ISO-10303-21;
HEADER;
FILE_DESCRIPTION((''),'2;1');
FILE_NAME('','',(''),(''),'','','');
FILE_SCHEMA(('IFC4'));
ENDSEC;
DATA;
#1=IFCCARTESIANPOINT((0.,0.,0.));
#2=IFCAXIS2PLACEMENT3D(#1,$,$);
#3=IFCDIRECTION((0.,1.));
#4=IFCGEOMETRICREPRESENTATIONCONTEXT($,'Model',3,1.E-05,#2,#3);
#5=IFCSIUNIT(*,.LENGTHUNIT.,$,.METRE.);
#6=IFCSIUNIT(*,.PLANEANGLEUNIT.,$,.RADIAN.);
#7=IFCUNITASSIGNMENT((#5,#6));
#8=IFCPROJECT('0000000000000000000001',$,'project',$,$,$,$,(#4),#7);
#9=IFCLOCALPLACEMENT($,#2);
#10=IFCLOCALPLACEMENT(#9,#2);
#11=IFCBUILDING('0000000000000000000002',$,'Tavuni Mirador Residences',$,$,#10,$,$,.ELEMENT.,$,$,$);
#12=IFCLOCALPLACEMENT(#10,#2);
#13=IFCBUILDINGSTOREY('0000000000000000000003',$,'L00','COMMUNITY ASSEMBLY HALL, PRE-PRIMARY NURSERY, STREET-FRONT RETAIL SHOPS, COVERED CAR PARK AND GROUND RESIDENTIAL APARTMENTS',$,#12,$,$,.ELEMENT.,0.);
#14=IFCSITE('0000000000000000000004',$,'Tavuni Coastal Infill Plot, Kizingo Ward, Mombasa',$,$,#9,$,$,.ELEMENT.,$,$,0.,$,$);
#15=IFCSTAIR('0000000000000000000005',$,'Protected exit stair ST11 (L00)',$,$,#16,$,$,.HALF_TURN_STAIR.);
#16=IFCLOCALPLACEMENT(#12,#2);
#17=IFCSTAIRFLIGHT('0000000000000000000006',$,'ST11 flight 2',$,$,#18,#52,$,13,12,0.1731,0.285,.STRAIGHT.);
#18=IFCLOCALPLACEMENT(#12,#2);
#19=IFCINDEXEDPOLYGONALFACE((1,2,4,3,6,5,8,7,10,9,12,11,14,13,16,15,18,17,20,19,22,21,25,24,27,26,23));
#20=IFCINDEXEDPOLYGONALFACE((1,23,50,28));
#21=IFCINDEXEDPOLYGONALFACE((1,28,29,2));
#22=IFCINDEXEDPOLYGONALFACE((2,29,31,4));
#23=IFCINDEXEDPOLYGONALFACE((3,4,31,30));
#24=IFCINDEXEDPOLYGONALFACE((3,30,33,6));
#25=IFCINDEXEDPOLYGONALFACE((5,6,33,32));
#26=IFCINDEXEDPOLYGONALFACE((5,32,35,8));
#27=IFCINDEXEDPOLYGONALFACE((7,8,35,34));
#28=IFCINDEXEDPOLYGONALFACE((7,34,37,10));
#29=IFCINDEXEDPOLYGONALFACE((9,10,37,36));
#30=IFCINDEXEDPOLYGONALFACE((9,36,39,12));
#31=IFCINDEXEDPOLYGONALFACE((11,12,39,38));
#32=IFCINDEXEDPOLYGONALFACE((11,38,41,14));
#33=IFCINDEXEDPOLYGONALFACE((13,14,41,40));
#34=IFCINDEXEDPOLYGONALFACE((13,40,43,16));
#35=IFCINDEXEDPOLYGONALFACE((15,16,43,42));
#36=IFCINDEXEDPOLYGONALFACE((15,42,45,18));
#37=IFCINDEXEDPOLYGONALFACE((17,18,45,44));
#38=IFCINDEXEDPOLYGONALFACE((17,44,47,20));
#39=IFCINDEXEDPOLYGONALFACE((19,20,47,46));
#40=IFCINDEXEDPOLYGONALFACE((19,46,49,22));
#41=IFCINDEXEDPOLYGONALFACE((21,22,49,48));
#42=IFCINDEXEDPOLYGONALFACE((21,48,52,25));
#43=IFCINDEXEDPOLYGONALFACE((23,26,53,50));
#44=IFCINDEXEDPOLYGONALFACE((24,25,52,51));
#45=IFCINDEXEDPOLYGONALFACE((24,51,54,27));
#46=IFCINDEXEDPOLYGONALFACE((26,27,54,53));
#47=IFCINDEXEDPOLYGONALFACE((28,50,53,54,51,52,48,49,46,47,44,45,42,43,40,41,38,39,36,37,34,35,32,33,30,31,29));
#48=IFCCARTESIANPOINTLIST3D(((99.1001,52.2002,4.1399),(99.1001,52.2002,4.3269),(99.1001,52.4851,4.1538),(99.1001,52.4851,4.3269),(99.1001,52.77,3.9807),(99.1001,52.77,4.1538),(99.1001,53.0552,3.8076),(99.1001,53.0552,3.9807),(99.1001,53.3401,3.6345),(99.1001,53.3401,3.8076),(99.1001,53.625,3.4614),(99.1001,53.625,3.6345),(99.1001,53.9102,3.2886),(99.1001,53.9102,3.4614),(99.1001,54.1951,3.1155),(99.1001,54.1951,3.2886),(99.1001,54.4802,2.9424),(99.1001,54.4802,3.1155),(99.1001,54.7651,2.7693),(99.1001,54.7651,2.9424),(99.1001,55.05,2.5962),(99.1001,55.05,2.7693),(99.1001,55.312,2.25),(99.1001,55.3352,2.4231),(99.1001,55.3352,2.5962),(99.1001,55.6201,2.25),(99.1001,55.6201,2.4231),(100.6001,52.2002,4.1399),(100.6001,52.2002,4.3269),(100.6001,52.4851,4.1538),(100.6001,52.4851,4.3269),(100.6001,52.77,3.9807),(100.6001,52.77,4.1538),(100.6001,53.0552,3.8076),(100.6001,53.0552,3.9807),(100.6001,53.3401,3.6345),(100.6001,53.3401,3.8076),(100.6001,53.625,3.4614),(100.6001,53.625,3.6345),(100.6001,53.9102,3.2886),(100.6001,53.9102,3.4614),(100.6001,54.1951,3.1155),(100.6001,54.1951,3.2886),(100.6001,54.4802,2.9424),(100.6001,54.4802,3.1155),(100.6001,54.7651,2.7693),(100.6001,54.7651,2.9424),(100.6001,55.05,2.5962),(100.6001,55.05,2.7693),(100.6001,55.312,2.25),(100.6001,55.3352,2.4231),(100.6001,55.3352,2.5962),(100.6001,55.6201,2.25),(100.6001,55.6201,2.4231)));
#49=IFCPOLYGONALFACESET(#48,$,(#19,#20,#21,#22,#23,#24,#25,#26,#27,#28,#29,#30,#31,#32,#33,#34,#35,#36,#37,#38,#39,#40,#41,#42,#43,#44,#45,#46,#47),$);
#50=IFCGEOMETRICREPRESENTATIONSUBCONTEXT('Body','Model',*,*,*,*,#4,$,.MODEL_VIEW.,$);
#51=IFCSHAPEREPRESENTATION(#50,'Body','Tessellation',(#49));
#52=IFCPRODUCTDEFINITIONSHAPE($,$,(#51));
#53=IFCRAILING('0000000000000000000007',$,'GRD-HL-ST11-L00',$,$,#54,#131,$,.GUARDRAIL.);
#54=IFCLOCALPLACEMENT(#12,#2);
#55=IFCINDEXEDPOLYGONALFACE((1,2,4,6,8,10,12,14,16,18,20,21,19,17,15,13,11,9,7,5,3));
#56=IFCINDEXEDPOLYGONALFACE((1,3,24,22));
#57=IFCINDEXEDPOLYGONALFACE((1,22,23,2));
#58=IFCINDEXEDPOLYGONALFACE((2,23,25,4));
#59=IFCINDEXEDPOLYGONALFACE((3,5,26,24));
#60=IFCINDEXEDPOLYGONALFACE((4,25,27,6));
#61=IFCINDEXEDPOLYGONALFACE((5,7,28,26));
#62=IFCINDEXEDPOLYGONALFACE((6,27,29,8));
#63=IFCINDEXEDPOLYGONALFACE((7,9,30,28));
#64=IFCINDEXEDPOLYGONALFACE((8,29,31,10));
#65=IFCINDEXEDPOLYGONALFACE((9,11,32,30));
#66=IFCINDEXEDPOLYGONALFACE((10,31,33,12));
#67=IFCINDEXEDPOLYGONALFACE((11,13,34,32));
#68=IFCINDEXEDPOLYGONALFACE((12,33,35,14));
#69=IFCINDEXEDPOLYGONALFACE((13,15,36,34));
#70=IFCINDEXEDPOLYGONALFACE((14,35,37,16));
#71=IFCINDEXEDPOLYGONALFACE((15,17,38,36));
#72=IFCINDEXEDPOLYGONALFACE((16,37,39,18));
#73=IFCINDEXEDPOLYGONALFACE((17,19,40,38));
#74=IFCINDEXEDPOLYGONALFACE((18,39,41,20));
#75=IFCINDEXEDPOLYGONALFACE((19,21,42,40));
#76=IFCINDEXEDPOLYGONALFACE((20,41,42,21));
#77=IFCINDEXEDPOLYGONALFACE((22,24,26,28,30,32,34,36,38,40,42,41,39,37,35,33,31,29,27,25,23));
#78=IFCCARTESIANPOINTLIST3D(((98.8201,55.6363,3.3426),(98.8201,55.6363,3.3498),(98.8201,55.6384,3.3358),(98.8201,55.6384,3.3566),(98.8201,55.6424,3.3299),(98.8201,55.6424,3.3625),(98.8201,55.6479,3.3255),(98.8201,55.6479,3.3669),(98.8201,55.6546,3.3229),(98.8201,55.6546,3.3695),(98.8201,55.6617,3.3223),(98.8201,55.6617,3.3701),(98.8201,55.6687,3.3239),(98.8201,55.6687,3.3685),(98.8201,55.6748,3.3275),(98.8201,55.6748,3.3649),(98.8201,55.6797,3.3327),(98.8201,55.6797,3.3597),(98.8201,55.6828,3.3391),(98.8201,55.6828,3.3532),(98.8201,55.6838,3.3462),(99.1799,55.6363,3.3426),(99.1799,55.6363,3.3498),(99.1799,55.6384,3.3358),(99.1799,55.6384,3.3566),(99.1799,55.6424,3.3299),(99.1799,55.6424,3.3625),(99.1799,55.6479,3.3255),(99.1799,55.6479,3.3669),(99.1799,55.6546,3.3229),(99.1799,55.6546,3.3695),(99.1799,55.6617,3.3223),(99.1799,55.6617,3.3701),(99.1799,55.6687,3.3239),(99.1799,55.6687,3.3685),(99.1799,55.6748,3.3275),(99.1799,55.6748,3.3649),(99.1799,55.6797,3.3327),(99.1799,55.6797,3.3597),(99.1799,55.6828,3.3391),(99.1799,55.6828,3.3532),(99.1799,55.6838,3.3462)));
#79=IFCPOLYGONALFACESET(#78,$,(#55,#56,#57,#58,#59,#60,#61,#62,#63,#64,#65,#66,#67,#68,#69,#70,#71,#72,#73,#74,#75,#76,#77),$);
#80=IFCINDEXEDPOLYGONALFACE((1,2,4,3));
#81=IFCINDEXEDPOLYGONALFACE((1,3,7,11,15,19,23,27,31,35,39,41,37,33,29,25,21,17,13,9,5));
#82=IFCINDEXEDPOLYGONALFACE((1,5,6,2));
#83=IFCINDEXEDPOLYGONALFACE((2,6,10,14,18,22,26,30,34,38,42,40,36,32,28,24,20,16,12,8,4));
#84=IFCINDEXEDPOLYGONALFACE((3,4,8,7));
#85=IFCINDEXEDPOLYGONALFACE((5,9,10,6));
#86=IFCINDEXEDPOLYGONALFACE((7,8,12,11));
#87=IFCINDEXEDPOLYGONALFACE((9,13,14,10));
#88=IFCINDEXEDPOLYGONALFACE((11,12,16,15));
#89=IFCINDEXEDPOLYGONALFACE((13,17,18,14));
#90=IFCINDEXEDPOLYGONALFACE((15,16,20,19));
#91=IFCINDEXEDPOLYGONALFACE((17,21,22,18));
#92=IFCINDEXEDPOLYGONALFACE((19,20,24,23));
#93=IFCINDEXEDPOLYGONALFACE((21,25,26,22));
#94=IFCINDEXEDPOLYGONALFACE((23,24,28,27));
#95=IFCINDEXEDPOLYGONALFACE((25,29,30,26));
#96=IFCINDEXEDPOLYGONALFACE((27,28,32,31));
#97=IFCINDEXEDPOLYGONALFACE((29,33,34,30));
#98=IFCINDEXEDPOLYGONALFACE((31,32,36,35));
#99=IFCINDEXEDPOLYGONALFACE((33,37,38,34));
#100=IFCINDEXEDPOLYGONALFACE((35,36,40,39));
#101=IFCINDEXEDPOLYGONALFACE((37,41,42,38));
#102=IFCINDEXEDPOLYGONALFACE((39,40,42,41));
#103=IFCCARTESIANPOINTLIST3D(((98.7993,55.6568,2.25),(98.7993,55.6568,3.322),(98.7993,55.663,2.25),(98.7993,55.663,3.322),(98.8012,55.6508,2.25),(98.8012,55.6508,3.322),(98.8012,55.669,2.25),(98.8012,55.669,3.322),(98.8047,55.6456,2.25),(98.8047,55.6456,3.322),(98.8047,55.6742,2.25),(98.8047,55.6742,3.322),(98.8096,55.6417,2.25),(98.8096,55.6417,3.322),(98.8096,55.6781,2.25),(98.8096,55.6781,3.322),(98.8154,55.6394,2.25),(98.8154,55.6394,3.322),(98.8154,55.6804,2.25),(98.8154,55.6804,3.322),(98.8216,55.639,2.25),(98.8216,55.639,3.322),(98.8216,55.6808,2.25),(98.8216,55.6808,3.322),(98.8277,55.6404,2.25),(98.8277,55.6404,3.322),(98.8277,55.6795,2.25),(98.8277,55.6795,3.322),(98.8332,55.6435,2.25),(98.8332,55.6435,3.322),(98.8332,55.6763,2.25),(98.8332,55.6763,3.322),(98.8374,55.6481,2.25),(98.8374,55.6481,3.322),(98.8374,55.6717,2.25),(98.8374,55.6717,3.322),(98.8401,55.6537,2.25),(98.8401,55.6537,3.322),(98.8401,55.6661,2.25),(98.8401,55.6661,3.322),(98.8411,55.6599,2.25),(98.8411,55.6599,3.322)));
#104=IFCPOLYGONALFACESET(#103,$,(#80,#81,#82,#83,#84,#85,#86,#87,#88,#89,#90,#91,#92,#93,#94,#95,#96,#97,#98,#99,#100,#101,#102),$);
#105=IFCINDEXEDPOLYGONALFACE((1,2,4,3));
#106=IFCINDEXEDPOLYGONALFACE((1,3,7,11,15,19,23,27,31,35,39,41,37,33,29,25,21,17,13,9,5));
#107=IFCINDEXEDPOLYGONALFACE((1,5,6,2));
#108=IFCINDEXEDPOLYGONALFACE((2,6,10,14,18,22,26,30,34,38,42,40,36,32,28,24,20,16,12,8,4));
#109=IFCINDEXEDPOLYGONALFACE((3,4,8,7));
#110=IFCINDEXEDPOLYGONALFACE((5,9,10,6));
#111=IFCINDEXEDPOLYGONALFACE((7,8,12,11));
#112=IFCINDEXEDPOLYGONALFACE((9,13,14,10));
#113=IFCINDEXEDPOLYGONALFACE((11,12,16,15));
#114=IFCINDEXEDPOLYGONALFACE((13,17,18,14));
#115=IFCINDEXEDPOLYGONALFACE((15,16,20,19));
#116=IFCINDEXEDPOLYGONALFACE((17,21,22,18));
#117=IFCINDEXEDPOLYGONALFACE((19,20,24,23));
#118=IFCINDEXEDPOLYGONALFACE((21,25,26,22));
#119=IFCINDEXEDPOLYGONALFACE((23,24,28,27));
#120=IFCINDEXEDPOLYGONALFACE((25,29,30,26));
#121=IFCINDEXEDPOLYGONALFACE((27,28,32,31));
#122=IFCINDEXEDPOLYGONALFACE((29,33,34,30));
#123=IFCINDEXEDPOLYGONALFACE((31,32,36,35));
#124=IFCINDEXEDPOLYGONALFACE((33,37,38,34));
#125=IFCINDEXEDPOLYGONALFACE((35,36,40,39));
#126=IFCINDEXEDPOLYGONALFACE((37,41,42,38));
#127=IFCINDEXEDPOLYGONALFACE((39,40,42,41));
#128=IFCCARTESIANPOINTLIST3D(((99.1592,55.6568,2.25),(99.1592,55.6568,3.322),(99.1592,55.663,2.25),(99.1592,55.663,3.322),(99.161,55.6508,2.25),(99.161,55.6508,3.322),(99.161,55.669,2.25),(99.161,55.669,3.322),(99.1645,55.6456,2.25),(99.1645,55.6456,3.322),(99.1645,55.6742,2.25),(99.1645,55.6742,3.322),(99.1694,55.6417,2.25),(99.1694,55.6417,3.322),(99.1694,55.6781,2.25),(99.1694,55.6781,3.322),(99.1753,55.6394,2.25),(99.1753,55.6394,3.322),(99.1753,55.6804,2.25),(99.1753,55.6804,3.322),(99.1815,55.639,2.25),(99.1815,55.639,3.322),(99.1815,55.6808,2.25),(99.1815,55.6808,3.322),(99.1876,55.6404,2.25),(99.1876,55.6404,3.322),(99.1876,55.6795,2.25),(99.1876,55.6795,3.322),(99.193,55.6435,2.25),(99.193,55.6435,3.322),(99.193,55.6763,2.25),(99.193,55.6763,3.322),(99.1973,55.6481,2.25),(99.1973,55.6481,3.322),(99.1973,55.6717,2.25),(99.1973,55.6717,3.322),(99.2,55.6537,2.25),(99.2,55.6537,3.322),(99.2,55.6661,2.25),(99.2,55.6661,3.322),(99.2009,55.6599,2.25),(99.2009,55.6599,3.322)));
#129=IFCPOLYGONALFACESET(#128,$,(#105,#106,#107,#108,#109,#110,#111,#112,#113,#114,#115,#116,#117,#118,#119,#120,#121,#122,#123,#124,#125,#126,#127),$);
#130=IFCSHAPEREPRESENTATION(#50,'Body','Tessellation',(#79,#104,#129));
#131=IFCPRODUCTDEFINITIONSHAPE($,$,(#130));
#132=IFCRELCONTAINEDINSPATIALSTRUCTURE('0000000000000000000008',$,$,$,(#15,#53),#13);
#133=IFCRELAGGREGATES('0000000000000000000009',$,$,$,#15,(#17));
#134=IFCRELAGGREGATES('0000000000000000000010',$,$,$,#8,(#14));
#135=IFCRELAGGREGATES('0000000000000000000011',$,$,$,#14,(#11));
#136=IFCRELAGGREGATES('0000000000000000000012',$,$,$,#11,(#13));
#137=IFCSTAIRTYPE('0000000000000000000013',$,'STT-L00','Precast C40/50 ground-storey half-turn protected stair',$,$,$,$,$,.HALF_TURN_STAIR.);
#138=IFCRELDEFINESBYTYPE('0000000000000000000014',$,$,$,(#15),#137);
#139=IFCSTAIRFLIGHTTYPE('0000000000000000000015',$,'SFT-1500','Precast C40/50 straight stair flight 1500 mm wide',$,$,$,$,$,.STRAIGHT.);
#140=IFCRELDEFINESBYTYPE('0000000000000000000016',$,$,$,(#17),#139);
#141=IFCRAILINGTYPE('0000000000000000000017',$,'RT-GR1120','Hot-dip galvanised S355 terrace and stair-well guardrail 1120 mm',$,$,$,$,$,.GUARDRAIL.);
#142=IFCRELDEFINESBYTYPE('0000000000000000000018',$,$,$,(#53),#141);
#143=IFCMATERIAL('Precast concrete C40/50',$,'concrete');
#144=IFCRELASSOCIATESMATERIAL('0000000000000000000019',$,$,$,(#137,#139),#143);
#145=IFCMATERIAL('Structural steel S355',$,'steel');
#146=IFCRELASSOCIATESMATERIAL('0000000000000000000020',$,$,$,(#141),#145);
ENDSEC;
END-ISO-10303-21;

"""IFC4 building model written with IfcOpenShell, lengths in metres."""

from ifc_helpers import new_model, si_unit, direction, frame, origin, origin_2d, place, context, subcontext, project, spatial, polyline, circle, outline, extrude, material, type_object, element, aggregate, save


model = new_model("IFC4")

# Units and contexts
model_context = context("Model", 3, precision=1e-05, world=origin(), true_north=direction((0.0, 1.0)))
body_context = subcontext(model_context, "Body", "Model", "MODEL_VIEW")
ifc_project = project(units=[si_unit("LENGTHUNIT", "METRE"), si_unit("PLANEANGLEUNIT", "RADIAN")], contexts=[model_context])

# Site, building, storey
site_placement = place(None, origin())
site = spatial("IfcSite", under=ifc_project, at=site_placement, Name="Tavuni Coastal Infill Plot, Kizingo Ward, Mombasa", CompositionType="ELEMENT", RefElevation=0.0)
building_placement = place(site_placement, origin())
building = spatial("IfcBuilding", under=site, at=building_placement, Name="Tavuni Mirador Residences", CompositionType="ELEMENT")
storey_placement = place(building_placement, origin())
storey = spatial("IfcBuildingStorey", under=building, at=storey_placement, Name="L00", Description="COMMUNITY ASSEMBLY HALL, PRE-PRIMARY NURSERY, STREET-FRONT RETAIL SHOPS, COVERED CAR PARK AND GROUND RESIDENTIAL APARTMENTS", CompositionType="ELEMENT", Elevation=0.0)

# Shared definitions
ifc_material_1 = material(Name="Precast concrete C40/50", Category="concrete")

# Shared definitions
ifc_material_2 = material(Name="Structural steel S355", Category="steel")

# Stair, stair flight
stair_type = type_object("IfcStairType", Name="STT-L00", Description="Precast C40/50 ground-storey half-turn protected stair", PredefinedType="HALF_TURN_STAIR", material=ifc_material_1)
stair_placement = place(storey_placement, origin())
stair = element("IfcStair", 1, at=stair_placement, inside=storey, type_object=stair_type, Name="Protected exit stair ST11 (L00)", PredefinedType="HALF_TURN_STAIR")
stair_flight_type = type_object("IfcStairFlightType", Name="SFT-1500", Description="Precast C40/50 straight stair flight 1500 mm wide", PredefinedType="STRAIGHT", material=ifc_material_1)
stair_flight_placement = place(storey_placement, frame((99.8501, 55.6201, 2.25), z_axis=(0.0, 0.0, 1.0), x_axis=(0.0, -1.0, 0.0)))
stair_flight = element("IfcStairFlight", 2, at=stair_flight_placement, type_object=stair_flight_type, Name="ST11 flight 2", NumberOfRisers=13, NumberOfTreads=12, PredefinedType="STRAIGHT", RiserHeight=0.1731, TreadLength=0.285, context=body_context, shape_type="SweptSolid", body=[
    extrude(outline(polyline([(0.0, 0.0), (0.0, 0.1731), (0.2849, 0.1731), (0.2849, 0.3462), (0.5701, 0.3462), (0.5701, 0.5193), (0.855, 0.5193), (0.855, 0.6924), (1.1399, 0.6924), (1.1399, 0.8655), (1.425, 0.8655), (1.425, 1.0386), (1.71, 1.0386), (1.71, 1.2114), (1.9951, 1.2114), (1.9951, 1.3845), (2.28, 1.3845), (2.28, 1.5576), (2.5649, 1.5576), (2.5649, 1.7307), (2.8501, 1.7307), (2.8501, 1.9038), (3.135, 1.9038), (3.135, 2.0769), (3.4199, 2.0769), (3.4199, 2.25), (3.4199, 1.8899), (0.3081, 0.0), (0.0, 0.0)])), frame((0.0, 0.75, 0.0), z_axis=(0.0, -1.0, 0.0), x_axis=(1.0, 0.0, 0.0)), (0.0, 0.0, 1.0), 1.5),
])
aggregate(stair, [stair_flight])

# Railing
railing_type_1 = type_object("IfcRailingType", Name="RT-GR1120", Description="Hot-dip galvanised S355 terrace and stair-well guardrail 1120 mm", PredefinedType="GUARDRAIL", material=ifc_material_2)
railing_1_placement = place(storey_placement, frame((98.8201, 55.6599, 2.25)))
element("IfcRailing", 3, at=railing_1_placement, inside=storey, type_object=railing_type_1, Name="GRD-HL-ST11-L00", PredefinedType="GUARDRAIL", context=body_context, shape_type="SweptSolid", body=[
    extrude(circle(Radius=0.0239, at=origin_2d()), frame((0.0, 0.0, 1.0962), z_axis=(1.0, 0.0, 0.0), x_axis=(0.0, 1.0, 0.0)), (0.0, 0.0, 1.0), 0.3599),
    extrude(circle(Radius=0.021, at=origin_2d()), origin(), (0.0, 0.0, 1.0), 1.072),
    extrude(circle(Radius=0.021, at=origin_2d()), frame((0.3599, 0.0, 0.0)), (0.0, 0.0, 1.0), 1.072),
])

save(model, "model.ifc")
